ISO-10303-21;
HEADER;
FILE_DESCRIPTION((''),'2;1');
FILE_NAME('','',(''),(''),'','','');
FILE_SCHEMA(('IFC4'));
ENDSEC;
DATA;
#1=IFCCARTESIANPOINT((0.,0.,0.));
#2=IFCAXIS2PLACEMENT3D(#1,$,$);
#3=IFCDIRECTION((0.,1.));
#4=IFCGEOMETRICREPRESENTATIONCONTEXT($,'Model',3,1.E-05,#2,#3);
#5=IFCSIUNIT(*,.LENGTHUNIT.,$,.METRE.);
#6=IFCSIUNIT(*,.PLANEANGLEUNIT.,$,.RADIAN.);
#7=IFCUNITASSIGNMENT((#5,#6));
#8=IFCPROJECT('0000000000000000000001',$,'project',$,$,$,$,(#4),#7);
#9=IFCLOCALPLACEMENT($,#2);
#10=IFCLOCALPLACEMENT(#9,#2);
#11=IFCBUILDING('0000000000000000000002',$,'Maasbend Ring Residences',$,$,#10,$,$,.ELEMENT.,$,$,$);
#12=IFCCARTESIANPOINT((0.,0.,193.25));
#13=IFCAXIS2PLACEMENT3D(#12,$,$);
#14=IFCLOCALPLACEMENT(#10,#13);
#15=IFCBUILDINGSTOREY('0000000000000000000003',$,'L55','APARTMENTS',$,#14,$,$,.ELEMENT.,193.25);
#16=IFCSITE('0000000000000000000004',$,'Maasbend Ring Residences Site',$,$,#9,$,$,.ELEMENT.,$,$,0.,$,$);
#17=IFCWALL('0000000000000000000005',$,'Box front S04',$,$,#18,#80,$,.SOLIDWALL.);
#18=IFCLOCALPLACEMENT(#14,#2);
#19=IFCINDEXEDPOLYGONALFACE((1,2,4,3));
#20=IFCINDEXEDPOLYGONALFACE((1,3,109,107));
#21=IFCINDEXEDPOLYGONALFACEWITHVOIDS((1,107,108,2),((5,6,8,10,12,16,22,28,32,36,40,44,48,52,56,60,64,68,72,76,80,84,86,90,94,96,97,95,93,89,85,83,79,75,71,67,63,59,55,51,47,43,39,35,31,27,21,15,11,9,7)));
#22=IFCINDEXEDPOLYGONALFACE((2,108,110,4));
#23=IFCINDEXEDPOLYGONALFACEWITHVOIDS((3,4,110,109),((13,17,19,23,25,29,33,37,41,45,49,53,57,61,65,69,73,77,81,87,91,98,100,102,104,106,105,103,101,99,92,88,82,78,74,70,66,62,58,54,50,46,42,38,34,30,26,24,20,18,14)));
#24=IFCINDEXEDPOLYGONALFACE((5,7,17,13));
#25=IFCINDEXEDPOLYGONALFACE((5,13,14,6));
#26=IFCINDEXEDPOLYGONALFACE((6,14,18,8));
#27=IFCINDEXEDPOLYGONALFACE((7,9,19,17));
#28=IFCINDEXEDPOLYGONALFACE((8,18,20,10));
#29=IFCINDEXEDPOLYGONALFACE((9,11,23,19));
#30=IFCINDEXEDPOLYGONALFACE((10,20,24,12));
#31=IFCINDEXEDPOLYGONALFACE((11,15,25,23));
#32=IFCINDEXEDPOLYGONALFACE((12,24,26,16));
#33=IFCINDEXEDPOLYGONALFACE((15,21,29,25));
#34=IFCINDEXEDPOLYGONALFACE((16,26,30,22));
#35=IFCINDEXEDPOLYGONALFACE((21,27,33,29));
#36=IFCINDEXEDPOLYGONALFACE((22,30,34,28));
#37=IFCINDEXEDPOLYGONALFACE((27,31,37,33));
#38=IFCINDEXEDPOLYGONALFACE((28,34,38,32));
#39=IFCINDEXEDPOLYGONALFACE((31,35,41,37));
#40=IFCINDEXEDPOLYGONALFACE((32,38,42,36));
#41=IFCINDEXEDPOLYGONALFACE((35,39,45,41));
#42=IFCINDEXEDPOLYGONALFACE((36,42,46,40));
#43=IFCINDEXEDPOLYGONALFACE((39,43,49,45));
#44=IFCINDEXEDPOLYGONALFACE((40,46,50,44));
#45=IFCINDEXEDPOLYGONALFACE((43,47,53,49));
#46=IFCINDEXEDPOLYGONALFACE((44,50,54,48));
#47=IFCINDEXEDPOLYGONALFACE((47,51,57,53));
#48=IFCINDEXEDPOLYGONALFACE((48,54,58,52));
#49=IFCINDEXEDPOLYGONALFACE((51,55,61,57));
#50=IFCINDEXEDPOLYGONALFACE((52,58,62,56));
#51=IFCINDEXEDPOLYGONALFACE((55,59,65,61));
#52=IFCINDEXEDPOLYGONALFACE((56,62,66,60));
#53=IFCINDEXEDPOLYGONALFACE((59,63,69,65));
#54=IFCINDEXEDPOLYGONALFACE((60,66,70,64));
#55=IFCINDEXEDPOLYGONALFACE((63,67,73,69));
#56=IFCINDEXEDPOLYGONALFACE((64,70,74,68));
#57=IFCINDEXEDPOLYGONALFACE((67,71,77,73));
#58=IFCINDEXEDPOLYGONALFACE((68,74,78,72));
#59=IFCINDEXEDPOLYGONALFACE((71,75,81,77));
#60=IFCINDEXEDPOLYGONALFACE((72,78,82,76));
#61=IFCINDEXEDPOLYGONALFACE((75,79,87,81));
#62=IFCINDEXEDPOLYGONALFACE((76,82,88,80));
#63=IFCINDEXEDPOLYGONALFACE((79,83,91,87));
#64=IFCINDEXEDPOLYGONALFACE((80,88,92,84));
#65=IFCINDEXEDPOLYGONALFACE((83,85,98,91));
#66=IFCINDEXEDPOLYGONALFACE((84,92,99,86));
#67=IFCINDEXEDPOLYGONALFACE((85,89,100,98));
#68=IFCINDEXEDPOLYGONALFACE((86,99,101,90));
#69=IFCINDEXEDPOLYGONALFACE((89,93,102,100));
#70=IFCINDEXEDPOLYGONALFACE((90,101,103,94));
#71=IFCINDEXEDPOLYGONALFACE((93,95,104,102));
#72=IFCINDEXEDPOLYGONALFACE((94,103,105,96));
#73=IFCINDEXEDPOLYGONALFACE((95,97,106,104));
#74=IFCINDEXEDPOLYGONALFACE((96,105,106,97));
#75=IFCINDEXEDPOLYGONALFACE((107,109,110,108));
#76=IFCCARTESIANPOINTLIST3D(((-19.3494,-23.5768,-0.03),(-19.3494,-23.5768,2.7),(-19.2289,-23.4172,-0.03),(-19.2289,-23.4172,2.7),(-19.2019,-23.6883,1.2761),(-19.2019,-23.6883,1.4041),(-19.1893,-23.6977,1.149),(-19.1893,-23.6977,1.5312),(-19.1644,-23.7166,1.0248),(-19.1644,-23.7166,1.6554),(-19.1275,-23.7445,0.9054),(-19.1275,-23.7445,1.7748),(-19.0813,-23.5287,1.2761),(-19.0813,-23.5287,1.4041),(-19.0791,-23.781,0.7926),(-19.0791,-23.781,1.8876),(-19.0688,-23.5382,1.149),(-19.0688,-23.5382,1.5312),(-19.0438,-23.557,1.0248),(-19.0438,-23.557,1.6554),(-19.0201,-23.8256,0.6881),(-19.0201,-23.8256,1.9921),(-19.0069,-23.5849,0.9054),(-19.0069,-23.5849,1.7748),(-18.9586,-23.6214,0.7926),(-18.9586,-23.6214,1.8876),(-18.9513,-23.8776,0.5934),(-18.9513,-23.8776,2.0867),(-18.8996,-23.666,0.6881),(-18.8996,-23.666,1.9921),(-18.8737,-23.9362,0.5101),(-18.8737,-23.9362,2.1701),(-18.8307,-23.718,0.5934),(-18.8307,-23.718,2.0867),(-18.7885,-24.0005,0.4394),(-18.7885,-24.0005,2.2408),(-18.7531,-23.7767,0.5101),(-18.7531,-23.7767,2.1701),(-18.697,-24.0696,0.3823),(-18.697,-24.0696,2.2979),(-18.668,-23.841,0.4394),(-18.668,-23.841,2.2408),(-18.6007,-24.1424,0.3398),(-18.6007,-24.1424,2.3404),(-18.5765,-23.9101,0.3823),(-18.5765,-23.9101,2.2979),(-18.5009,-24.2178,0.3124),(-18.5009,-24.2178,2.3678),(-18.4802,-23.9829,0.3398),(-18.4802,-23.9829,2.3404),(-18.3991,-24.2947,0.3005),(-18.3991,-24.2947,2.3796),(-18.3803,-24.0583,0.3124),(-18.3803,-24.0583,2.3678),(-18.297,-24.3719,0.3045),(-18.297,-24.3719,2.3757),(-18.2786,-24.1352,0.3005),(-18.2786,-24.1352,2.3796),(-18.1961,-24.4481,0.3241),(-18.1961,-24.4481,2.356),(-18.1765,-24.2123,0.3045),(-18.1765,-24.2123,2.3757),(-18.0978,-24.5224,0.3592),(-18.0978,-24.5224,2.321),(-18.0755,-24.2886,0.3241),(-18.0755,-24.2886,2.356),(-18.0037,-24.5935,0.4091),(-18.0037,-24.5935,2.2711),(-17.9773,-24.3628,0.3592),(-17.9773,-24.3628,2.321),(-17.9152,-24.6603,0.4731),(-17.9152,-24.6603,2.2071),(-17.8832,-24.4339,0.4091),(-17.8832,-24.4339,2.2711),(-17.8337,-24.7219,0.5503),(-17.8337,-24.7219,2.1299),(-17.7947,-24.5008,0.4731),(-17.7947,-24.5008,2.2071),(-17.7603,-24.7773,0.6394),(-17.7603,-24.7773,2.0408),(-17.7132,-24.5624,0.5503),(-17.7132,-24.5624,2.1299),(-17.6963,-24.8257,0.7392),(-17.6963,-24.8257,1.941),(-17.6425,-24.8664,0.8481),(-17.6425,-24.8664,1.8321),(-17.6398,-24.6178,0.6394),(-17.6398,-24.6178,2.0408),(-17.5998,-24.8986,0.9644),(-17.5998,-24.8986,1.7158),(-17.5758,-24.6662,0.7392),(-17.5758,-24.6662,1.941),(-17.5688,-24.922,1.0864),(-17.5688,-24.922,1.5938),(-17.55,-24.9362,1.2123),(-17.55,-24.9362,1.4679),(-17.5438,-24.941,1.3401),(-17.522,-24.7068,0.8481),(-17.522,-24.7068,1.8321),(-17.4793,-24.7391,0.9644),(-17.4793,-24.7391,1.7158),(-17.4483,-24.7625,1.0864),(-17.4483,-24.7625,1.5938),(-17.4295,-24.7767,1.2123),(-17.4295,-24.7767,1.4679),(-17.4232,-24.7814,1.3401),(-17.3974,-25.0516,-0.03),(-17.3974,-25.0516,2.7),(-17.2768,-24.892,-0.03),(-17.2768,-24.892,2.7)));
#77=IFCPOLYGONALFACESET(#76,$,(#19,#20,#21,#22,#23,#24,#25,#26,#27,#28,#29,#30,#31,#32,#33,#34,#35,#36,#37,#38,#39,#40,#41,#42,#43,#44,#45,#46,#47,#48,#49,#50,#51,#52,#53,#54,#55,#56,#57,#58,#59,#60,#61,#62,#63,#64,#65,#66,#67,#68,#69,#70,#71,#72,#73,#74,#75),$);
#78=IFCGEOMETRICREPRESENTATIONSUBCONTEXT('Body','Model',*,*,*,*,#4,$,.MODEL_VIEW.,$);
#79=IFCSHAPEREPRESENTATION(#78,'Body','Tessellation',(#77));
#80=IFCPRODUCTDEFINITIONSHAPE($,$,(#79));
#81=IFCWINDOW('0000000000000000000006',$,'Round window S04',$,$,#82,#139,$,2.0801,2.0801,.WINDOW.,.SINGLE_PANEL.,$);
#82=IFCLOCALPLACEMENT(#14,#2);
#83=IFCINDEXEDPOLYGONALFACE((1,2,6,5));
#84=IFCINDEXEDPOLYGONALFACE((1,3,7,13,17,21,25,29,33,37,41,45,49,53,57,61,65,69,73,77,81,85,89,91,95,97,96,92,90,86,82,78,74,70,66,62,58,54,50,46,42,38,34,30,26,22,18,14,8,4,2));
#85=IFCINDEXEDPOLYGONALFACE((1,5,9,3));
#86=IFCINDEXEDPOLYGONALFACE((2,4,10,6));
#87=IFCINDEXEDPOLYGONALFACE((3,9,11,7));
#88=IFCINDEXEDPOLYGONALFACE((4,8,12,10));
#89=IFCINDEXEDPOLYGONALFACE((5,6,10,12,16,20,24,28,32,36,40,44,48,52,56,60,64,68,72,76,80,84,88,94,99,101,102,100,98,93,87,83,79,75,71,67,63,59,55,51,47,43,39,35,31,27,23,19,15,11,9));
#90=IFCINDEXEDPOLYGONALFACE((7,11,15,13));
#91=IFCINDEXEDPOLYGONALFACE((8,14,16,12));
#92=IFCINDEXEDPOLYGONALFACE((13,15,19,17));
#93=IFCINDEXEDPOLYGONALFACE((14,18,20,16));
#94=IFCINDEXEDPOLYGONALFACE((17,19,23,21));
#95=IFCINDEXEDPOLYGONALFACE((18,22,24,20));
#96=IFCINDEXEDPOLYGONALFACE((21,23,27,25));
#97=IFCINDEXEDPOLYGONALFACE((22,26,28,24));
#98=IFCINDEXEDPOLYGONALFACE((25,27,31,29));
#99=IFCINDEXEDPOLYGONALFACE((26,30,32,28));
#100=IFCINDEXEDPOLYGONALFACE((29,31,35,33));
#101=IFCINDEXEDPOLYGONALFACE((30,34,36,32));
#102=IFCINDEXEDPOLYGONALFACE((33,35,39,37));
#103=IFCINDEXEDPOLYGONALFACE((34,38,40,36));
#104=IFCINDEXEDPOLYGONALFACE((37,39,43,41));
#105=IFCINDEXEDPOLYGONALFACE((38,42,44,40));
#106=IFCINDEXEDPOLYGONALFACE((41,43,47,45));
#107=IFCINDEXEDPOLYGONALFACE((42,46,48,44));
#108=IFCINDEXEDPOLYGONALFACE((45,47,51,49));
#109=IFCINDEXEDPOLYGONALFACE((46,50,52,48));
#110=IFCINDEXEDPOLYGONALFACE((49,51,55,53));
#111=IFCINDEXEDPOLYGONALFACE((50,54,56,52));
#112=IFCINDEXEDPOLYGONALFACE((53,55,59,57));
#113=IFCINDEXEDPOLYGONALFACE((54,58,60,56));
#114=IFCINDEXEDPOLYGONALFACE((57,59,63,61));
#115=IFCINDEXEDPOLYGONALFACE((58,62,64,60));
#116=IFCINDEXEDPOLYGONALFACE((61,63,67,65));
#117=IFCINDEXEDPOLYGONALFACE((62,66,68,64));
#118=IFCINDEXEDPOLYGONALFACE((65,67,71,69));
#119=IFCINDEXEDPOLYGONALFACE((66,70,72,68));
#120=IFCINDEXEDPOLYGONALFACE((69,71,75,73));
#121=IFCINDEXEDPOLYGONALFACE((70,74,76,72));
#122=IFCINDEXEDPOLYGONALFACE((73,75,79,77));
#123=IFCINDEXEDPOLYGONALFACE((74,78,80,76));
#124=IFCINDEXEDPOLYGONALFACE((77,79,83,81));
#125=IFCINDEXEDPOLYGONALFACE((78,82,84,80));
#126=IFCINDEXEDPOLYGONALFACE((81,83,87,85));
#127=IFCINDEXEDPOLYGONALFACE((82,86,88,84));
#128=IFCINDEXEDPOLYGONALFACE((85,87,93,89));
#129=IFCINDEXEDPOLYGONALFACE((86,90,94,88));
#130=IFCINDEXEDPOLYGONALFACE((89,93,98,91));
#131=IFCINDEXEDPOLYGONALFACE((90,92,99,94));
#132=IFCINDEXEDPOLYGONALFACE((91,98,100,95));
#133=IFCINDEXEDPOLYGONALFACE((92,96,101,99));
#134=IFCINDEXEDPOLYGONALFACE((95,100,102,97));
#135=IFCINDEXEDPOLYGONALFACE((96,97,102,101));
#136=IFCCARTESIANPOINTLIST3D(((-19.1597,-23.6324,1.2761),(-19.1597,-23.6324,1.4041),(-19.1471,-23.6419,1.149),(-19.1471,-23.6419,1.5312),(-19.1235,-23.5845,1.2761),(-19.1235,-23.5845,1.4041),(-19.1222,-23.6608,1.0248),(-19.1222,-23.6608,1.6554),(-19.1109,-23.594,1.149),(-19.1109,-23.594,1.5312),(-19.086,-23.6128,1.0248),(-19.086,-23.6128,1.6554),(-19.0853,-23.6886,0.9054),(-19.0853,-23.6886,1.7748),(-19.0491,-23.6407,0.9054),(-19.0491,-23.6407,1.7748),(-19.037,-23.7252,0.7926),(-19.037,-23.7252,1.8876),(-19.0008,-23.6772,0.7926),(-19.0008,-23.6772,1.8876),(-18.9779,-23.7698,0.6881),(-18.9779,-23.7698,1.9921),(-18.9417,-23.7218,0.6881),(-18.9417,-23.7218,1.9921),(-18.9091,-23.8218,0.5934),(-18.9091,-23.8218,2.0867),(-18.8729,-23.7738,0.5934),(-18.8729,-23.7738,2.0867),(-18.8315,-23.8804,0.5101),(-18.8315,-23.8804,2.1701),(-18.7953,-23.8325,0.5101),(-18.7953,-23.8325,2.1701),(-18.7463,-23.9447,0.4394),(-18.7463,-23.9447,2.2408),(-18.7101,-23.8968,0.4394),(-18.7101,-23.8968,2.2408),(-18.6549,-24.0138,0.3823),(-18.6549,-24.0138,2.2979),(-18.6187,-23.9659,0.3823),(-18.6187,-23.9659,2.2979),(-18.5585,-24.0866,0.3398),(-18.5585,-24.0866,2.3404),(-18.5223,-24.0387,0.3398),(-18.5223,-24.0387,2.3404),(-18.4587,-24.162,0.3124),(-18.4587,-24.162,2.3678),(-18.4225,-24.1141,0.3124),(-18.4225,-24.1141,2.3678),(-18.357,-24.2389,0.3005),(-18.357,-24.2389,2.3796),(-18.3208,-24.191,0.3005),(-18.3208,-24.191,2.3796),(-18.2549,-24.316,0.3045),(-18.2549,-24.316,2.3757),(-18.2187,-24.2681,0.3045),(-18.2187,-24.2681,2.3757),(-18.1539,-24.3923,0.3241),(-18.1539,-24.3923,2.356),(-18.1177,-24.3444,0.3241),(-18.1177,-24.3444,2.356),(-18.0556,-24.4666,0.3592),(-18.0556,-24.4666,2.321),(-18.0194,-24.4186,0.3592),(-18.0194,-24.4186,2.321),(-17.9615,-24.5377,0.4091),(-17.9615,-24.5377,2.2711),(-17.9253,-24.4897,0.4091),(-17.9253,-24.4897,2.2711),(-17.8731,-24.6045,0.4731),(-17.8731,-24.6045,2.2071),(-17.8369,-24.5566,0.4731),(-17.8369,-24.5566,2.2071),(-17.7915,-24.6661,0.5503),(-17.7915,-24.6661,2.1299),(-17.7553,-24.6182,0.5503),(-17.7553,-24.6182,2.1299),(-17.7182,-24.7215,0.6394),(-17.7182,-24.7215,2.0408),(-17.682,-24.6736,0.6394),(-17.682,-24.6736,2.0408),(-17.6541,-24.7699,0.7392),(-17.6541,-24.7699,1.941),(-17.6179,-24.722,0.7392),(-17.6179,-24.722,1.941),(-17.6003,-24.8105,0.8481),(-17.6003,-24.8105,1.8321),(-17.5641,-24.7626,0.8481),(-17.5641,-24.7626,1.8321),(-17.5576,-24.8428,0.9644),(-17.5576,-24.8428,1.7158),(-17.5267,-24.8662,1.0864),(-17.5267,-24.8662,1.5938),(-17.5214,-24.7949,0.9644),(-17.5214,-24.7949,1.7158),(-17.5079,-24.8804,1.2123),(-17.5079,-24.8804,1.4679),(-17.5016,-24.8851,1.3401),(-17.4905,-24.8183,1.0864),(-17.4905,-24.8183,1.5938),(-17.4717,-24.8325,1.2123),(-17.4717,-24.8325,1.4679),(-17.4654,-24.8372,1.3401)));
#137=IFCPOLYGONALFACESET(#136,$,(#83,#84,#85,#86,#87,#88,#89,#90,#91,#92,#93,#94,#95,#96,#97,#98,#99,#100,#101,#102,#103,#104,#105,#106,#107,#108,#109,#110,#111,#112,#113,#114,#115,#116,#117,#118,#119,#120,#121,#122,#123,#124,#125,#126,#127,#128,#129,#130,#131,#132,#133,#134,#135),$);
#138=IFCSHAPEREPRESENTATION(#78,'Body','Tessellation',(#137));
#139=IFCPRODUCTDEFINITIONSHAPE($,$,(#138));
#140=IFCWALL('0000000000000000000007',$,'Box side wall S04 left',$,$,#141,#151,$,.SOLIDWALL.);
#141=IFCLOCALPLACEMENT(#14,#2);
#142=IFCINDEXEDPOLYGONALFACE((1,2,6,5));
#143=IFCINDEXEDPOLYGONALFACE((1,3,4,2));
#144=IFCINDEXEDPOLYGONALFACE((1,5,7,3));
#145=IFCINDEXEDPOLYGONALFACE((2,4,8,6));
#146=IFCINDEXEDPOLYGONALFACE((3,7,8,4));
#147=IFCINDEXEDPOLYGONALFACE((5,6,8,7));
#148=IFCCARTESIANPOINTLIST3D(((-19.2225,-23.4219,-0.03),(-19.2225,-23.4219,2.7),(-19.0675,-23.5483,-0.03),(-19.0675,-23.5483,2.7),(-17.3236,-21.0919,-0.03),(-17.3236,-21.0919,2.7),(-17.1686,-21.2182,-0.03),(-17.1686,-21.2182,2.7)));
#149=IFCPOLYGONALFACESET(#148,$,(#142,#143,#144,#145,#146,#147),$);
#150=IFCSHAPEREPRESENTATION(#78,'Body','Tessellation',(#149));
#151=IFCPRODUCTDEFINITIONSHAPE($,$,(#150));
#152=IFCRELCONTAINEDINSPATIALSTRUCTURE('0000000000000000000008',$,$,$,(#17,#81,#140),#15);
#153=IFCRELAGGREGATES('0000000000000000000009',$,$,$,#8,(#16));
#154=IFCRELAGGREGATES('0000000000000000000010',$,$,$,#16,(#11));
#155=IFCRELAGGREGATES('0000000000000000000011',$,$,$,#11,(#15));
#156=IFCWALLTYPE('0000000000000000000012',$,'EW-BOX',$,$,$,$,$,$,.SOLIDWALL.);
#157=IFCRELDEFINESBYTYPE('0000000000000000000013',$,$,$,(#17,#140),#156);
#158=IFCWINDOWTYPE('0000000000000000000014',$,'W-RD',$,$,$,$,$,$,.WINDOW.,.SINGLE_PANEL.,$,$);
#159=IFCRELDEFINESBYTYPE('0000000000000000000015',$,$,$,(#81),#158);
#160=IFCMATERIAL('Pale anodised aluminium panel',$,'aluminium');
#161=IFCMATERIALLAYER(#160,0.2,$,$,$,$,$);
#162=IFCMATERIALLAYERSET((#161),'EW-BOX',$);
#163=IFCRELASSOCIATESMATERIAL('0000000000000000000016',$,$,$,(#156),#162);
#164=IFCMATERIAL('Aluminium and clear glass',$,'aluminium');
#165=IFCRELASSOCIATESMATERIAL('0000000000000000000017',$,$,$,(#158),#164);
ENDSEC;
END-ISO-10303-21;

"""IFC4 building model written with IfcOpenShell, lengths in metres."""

from ifc_helpers import new_model, si_unit, direction, frame, frame_2d, origin, place, context, subcontext, project, spatial, rectangle, circle, extrude, material, layer, layer_set, type_object, element, fill, save


model = new_model("IFC4")

# Units and contexts
model_context = context("Model", 3, precision=1e-05, world=origin(), true_north=direction((0.0, 1.0)))
body_context = subcontext(model_context, "Body", "Model", "MODEL_VIEW")
ifc_project = project(units=[si_unit("LENGTHUNIT", "METRE"), si_unit("PLANEANGLEUNIT", "RADIAN")], contexts=[model_context])

# Site, building, storey
site_placement = place(None, origin())
site = spatial("IfcSite", under=ifc_project, at=site_placement, Name="Maasbend Ring Residences Site", CompositionType="ELEMENT", RefElevation=0.0)
building_placement = place(site_placement, origin())
building = spatial("IfcBuilding", under=site, at=building_placement, Name="Maasbend Ring Residences", CompositionType="ELEMENT")
storey_placement = place(building_placement, frame((0.0, 0.0, 193.25)))
storey = spatial("IfcBuildingStorey", under=building, at=storey_placement, Name="L55", Description="APARTMENTS", CompositionType="ELEMENT", Elevation=193.25)

# Shared definitions
ifc_material_1 = material(Name="Pale anodised aluminium panel", Category="aluminium")
ifc_layer_1 = layer(ifc_material_1, 0.2)
ifc_layer_set_1 = layer_set([ifc_layer_1], Name="EW-BOX")
wall_type_1 = type_object("IfcWallType", Name="EW-BOX", PredefinedType="SOLIDWALL", material=ifc_layer_set_1)
ifc_material_2 = material(Name="Aluminium and clear glass", Category="aluminium")
window_type_1 = type_object("IfcWindowType", Name="W-RD", PartitioningType="SINGLE_PANEL", PredefinedType="WINDOW", material=ifc_material_2)

# Wall, opening, window
wall_1_placement = place(storey_placement, frame((-19.2891, -23.4971, -0.03), z_axis=(0.0, 0.0, 1.0), x_axis=(0.797888, -0.602806, 0.0)))
wall_1 = element("IfcWall", 1, at=wall_1_placement, inside=storey, type_object=wall_type_1, Name="Box front S04", PredefinedType="SOLIDWALL", context=body_context, shape_type="SweptSolid", body=[
    extrude(rectangle(XDim=2.4465, YDim=0.2, at=frame_2d((1.2231, 0.0))), origin(), (0.0, 0.0, 1.0), 2.73),
])
opening_1_placement = place(wall_1_placement, frame((0.1829, 0.0, 0.3301)))
opening_1 = element("IfcOpeningElement", 2, at=opening_1_placement, cuts=wall_1, PredefinedType="OPENING", context=body_context, shape_type="SweptSolid", body=[
    extrude(circle(Radius=1.04, at=frame_2d((1.04, 1.04))), frame((0.0, 0.1099, 0.0), z_axis=(0.0, -1.0, 0.0), x_axis=(1.0, 0.0, 0.0)), (0.0, 0.0, 1.0), 0.22),
])
window_1_placement = place(opening_1_placement, origin())
window_1 = element("IfcWindow", 3, at=window_1_placement, inside=storey, type_object=window_type_1, Name="Round window S04", OverallHeight=2.0801, OverallWidth=2.0801, PartitioningType="SINGLE_PANEL", PredefinedType="WINDOW", context=body_context, shape_type="SweptSolid", body=[
    extrude(circle(Radius=1.04, at=frame_2d((1.04, 1.04))), frame((0.0, 0.03, 0.0), z_axis=(0.0, -1.0, 0.0), x_axis=(1.0, 0.0, 0.0)), (0.0, 0.0, 1.0), 0.0601),
])
fill(opening_1, window_1)

# Wall
wall_2_placement = place(storey_placement, frame((-17.2461, -21.155, -0.03), z_axis=(0.0, 0.0, 1.0), x_axis=(-0.631742, -0.775179, 0.0)))
element("IfcWall", 4, at=wall_2_placement, inside=storey, type_object=wall_type_1, Name="Box side wall S04 left", PredefinedType="SOLIDWALL", context=body_context, shape_type="SweptSolid", body=[
    extrude(rectangle(XDim=3.0059, YDim=0.2, at=frame_2d((1.5029, 0.0))), origin(), (0.0, 0.0, 1.0), 2.73),
])

save(model, "model.ifc")
